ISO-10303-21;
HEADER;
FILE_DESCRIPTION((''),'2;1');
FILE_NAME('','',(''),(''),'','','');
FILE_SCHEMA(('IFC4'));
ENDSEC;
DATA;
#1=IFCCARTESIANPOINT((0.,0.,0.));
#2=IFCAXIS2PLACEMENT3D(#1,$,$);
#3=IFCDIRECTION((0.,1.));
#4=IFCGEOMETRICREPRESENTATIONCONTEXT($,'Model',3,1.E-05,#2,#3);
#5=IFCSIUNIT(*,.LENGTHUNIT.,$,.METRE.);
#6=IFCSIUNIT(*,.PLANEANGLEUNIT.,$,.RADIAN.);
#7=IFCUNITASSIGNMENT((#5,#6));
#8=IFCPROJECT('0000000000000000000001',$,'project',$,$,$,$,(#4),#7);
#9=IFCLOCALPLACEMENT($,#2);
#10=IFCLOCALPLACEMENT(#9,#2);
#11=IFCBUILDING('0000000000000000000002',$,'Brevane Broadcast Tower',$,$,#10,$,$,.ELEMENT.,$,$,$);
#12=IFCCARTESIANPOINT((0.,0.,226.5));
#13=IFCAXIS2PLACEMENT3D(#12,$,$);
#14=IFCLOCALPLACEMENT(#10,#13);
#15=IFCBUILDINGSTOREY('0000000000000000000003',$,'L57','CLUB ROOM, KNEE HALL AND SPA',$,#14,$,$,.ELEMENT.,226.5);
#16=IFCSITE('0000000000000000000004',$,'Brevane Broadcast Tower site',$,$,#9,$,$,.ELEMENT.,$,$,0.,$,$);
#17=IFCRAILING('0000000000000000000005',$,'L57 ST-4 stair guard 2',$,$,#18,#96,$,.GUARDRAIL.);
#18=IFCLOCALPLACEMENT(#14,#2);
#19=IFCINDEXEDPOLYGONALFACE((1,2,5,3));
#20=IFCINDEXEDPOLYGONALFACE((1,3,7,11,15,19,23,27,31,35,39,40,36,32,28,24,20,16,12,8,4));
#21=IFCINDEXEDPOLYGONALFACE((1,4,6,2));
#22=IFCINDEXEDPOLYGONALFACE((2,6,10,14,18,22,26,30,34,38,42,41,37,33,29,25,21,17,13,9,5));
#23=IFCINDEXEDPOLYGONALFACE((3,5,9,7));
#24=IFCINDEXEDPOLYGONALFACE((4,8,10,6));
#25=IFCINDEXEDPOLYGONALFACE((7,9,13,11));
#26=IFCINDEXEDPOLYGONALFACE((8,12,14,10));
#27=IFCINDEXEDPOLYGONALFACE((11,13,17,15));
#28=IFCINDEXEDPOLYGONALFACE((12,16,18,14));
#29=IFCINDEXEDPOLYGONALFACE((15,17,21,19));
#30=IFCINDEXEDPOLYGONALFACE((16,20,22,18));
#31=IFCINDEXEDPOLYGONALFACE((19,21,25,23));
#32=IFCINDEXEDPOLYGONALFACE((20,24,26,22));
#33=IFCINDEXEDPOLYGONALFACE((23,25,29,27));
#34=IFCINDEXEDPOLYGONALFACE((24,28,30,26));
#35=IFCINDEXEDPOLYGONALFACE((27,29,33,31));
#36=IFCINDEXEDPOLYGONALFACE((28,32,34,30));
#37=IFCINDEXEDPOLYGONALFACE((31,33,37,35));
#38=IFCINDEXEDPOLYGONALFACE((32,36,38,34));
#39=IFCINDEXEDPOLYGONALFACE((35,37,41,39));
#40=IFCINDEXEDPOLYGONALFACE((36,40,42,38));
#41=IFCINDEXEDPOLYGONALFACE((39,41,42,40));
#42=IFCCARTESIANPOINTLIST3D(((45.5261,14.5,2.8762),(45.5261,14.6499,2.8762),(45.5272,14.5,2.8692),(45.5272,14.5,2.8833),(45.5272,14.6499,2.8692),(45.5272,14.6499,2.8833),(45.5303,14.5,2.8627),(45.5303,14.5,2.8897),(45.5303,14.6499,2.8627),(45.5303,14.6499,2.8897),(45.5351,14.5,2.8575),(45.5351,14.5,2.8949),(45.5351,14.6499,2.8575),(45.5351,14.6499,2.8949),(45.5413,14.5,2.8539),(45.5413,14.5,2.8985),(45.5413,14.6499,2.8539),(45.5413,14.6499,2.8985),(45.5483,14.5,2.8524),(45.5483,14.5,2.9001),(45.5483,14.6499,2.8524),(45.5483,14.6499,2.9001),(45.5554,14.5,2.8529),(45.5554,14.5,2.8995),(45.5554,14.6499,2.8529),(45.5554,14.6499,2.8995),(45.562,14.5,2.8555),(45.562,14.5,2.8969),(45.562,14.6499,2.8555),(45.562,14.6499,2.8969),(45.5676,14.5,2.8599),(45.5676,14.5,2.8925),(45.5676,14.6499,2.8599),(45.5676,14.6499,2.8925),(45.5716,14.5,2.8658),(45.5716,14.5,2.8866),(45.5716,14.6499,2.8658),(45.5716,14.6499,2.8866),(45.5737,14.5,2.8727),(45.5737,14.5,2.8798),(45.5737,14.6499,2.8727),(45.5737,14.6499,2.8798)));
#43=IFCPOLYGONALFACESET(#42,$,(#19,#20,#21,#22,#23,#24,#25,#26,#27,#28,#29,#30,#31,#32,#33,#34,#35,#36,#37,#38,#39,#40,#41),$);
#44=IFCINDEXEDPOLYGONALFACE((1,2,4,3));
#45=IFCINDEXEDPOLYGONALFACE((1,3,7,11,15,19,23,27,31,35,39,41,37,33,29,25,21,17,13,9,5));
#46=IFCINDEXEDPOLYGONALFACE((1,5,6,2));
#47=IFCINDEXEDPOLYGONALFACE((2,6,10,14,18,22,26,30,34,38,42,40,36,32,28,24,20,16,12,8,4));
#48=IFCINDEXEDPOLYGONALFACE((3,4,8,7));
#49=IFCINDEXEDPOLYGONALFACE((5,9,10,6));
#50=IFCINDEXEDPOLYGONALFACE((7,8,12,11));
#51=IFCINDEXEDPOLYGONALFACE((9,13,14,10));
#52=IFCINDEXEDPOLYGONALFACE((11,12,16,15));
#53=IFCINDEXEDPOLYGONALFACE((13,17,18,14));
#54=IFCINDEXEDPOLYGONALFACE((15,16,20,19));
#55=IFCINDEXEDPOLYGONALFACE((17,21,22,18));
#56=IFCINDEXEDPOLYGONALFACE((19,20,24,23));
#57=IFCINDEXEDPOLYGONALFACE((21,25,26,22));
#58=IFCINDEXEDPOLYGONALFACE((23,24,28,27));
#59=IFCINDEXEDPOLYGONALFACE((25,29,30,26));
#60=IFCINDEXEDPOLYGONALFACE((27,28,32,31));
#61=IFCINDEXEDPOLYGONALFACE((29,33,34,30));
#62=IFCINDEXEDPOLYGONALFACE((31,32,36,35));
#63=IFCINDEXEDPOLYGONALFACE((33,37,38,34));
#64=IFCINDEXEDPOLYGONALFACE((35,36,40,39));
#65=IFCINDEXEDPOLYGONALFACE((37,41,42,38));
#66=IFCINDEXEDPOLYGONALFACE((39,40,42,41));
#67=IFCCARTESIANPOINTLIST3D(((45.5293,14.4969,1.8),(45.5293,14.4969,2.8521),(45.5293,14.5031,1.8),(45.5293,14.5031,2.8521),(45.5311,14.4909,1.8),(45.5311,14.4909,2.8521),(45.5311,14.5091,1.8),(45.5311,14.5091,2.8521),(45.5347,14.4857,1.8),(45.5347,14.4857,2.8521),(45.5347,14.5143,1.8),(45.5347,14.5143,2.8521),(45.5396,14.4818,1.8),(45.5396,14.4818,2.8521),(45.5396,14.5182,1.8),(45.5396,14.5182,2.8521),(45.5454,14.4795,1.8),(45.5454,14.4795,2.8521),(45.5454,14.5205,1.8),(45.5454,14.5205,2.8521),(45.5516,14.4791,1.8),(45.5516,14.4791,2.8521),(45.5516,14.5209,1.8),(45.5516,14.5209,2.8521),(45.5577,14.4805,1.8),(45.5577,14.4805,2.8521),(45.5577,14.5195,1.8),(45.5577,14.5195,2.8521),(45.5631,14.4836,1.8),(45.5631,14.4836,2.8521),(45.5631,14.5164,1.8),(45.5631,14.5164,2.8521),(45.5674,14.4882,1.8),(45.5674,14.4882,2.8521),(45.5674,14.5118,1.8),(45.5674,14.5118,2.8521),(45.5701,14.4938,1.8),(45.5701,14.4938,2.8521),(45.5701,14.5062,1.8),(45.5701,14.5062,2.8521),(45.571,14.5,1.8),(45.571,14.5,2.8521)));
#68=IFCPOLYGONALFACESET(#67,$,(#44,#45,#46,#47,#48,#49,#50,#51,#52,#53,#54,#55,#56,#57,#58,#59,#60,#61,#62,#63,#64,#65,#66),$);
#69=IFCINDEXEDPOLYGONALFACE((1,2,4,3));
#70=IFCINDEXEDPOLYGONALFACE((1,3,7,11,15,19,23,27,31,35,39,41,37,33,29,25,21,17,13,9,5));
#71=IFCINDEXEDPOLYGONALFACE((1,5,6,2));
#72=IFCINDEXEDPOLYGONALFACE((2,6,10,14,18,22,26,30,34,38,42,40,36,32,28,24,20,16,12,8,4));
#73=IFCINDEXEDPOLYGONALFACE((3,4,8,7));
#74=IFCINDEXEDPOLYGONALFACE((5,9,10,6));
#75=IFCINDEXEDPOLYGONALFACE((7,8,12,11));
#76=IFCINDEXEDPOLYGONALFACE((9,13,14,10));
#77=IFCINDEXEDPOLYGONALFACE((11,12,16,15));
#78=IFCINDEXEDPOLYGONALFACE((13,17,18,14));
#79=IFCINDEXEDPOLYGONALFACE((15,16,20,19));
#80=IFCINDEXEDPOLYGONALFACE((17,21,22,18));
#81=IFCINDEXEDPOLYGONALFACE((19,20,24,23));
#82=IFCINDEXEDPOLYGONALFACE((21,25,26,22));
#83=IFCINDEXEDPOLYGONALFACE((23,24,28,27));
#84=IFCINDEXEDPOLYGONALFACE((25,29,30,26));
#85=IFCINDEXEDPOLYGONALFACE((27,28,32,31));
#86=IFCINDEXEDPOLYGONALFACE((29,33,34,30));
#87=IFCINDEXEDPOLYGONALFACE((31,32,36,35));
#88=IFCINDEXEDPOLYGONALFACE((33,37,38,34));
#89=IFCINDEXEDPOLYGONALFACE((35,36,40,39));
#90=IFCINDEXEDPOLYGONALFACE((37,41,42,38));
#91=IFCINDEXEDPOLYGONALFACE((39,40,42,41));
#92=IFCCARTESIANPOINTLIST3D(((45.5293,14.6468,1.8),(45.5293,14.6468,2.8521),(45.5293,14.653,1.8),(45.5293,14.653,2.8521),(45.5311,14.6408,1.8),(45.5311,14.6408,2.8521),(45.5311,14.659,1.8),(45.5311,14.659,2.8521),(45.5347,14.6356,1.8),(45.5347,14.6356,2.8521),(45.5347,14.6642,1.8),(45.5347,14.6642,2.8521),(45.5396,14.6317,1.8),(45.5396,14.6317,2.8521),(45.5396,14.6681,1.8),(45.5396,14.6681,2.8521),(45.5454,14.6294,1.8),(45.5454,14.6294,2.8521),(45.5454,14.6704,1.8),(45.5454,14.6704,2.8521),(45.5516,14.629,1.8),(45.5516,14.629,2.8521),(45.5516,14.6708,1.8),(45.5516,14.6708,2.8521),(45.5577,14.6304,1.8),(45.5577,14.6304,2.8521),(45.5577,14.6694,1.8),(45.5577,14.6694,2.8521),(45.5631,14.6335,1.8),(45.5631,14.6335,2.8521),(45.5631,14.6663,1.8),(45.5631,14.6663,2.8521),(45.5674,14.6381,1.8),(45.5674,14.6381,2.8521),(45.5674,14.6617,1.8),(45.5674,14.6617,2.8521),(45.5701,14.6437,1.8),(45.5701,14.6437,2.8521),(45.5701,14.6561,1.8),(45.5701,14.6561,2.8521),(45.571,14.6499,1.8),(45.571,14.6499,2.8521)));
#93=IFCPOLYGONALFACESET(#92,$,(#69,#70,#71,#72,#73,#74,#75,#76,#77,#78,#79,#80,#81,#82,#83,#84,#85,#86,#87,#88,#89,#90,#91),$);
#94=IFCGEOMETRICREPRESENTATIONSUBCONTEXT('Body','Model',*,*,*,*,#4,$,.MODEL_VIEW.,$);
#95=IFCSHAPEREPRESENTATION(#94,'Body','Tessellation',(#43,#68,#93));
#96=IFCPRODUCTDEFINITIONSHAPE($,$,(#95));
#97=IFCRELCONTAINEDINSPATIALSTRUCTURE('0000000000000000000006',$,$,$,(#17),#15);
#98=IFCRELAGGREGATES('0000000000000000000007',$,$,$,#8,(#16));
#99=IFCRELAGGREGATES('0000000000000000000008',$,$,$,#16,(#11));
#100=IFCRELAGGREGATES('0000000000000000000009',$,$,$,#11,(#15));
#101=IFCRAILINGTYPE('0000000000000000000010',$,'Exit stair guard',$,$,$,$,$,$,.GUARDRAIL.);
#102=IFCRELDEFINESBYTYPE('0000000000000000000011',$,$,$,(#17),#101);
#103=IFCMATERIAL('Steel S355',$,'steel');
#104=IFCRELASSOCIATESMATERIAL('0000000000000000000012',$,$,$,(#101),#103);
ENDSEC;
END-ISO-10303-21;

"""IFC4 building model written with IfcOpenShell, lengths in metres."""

from ifc_helpers import new_model, si_unit, direction, frame, origin, origin_2d, place, context, subcontext, project, spatial, circle, extrude, material, type_object, element, save


model = new_model("IFC4")

# Units and contexts
model_context = context("Model", 3, precision=1e-05, world=origin(), true_north=direction((0.0, 1.0)))
body_context = subcontext(model_context, "Body", "Model", "MODEL_VIEW")
ifc_project = project(units=[si_unit("LENGTHUNIT", "METRE"), si_unit("PLANEANGLEUNIT", "RADIAN")], contexts=[model_context])

# Site, building, storey
site_placement = place(None, origin())
site = spatial("IfcSite", under=ifc_project, at=site_placement, Name="Brevane Broadcast Tower site", CompositionType="ELEMENT", RefElevation=0.0)
building_placement = place(site_placement, origin())
building = spatial("IfcBuilding", under=site, at=building_placement, Name="Brevane Broadcast Tower", CompositionType="ELEMENT")
storey_placement = place(building_placement, frame((0.0, 0.0, 226.5)))
storey = spatial("IfcBuildingStorey", under=building, at=storey_placement, Name="L57", Description="CLUB ROOM, KNEE HALL AND SPA", CompositionType="ELEMENT", Elevation=226.5)

# Railing
ifc_material_1 = material(Name="Steel S355", Category="steel")
railing_type_1 = type_object("IfcRailingType", Name="Exit stair guard", PredefinedType="GUARDRAIL", material=ifc_material_1)
railing_1_placement = place(storey_placement, frame((45.55, 14.5, 1.8)))
element("IfcRailing", 1, at=railing_1_placement, inside=storey, type_object=railing_type_1, Name="L57 ST-4 stair guard 2", PredefinedType="GUARDRAIL", context=body_context, shape_type="SweptSolid", body=[
    extrude(circle(Radius=0.0239, at=origin_2d()), frame((0.0, 0.0, 1.0762), z_axis=(0.0, 1.0, 0.0), x_axis=(-1.0, 0.0, 0.0)), (0.0, 0.0, 1.0), 0.1499),
    extrude(circle(Radius=0.021, at=origin_2d()), origin(), (0.0, 0.0, 1.0), 1.052),
    extrude(circle(Radius=0.021, at=origin_2d()), frame((0.0, 0.1499, 0.0)), (0.0, 0.0, 1.0), 1.052),
])

save(model, "model.ifc")
